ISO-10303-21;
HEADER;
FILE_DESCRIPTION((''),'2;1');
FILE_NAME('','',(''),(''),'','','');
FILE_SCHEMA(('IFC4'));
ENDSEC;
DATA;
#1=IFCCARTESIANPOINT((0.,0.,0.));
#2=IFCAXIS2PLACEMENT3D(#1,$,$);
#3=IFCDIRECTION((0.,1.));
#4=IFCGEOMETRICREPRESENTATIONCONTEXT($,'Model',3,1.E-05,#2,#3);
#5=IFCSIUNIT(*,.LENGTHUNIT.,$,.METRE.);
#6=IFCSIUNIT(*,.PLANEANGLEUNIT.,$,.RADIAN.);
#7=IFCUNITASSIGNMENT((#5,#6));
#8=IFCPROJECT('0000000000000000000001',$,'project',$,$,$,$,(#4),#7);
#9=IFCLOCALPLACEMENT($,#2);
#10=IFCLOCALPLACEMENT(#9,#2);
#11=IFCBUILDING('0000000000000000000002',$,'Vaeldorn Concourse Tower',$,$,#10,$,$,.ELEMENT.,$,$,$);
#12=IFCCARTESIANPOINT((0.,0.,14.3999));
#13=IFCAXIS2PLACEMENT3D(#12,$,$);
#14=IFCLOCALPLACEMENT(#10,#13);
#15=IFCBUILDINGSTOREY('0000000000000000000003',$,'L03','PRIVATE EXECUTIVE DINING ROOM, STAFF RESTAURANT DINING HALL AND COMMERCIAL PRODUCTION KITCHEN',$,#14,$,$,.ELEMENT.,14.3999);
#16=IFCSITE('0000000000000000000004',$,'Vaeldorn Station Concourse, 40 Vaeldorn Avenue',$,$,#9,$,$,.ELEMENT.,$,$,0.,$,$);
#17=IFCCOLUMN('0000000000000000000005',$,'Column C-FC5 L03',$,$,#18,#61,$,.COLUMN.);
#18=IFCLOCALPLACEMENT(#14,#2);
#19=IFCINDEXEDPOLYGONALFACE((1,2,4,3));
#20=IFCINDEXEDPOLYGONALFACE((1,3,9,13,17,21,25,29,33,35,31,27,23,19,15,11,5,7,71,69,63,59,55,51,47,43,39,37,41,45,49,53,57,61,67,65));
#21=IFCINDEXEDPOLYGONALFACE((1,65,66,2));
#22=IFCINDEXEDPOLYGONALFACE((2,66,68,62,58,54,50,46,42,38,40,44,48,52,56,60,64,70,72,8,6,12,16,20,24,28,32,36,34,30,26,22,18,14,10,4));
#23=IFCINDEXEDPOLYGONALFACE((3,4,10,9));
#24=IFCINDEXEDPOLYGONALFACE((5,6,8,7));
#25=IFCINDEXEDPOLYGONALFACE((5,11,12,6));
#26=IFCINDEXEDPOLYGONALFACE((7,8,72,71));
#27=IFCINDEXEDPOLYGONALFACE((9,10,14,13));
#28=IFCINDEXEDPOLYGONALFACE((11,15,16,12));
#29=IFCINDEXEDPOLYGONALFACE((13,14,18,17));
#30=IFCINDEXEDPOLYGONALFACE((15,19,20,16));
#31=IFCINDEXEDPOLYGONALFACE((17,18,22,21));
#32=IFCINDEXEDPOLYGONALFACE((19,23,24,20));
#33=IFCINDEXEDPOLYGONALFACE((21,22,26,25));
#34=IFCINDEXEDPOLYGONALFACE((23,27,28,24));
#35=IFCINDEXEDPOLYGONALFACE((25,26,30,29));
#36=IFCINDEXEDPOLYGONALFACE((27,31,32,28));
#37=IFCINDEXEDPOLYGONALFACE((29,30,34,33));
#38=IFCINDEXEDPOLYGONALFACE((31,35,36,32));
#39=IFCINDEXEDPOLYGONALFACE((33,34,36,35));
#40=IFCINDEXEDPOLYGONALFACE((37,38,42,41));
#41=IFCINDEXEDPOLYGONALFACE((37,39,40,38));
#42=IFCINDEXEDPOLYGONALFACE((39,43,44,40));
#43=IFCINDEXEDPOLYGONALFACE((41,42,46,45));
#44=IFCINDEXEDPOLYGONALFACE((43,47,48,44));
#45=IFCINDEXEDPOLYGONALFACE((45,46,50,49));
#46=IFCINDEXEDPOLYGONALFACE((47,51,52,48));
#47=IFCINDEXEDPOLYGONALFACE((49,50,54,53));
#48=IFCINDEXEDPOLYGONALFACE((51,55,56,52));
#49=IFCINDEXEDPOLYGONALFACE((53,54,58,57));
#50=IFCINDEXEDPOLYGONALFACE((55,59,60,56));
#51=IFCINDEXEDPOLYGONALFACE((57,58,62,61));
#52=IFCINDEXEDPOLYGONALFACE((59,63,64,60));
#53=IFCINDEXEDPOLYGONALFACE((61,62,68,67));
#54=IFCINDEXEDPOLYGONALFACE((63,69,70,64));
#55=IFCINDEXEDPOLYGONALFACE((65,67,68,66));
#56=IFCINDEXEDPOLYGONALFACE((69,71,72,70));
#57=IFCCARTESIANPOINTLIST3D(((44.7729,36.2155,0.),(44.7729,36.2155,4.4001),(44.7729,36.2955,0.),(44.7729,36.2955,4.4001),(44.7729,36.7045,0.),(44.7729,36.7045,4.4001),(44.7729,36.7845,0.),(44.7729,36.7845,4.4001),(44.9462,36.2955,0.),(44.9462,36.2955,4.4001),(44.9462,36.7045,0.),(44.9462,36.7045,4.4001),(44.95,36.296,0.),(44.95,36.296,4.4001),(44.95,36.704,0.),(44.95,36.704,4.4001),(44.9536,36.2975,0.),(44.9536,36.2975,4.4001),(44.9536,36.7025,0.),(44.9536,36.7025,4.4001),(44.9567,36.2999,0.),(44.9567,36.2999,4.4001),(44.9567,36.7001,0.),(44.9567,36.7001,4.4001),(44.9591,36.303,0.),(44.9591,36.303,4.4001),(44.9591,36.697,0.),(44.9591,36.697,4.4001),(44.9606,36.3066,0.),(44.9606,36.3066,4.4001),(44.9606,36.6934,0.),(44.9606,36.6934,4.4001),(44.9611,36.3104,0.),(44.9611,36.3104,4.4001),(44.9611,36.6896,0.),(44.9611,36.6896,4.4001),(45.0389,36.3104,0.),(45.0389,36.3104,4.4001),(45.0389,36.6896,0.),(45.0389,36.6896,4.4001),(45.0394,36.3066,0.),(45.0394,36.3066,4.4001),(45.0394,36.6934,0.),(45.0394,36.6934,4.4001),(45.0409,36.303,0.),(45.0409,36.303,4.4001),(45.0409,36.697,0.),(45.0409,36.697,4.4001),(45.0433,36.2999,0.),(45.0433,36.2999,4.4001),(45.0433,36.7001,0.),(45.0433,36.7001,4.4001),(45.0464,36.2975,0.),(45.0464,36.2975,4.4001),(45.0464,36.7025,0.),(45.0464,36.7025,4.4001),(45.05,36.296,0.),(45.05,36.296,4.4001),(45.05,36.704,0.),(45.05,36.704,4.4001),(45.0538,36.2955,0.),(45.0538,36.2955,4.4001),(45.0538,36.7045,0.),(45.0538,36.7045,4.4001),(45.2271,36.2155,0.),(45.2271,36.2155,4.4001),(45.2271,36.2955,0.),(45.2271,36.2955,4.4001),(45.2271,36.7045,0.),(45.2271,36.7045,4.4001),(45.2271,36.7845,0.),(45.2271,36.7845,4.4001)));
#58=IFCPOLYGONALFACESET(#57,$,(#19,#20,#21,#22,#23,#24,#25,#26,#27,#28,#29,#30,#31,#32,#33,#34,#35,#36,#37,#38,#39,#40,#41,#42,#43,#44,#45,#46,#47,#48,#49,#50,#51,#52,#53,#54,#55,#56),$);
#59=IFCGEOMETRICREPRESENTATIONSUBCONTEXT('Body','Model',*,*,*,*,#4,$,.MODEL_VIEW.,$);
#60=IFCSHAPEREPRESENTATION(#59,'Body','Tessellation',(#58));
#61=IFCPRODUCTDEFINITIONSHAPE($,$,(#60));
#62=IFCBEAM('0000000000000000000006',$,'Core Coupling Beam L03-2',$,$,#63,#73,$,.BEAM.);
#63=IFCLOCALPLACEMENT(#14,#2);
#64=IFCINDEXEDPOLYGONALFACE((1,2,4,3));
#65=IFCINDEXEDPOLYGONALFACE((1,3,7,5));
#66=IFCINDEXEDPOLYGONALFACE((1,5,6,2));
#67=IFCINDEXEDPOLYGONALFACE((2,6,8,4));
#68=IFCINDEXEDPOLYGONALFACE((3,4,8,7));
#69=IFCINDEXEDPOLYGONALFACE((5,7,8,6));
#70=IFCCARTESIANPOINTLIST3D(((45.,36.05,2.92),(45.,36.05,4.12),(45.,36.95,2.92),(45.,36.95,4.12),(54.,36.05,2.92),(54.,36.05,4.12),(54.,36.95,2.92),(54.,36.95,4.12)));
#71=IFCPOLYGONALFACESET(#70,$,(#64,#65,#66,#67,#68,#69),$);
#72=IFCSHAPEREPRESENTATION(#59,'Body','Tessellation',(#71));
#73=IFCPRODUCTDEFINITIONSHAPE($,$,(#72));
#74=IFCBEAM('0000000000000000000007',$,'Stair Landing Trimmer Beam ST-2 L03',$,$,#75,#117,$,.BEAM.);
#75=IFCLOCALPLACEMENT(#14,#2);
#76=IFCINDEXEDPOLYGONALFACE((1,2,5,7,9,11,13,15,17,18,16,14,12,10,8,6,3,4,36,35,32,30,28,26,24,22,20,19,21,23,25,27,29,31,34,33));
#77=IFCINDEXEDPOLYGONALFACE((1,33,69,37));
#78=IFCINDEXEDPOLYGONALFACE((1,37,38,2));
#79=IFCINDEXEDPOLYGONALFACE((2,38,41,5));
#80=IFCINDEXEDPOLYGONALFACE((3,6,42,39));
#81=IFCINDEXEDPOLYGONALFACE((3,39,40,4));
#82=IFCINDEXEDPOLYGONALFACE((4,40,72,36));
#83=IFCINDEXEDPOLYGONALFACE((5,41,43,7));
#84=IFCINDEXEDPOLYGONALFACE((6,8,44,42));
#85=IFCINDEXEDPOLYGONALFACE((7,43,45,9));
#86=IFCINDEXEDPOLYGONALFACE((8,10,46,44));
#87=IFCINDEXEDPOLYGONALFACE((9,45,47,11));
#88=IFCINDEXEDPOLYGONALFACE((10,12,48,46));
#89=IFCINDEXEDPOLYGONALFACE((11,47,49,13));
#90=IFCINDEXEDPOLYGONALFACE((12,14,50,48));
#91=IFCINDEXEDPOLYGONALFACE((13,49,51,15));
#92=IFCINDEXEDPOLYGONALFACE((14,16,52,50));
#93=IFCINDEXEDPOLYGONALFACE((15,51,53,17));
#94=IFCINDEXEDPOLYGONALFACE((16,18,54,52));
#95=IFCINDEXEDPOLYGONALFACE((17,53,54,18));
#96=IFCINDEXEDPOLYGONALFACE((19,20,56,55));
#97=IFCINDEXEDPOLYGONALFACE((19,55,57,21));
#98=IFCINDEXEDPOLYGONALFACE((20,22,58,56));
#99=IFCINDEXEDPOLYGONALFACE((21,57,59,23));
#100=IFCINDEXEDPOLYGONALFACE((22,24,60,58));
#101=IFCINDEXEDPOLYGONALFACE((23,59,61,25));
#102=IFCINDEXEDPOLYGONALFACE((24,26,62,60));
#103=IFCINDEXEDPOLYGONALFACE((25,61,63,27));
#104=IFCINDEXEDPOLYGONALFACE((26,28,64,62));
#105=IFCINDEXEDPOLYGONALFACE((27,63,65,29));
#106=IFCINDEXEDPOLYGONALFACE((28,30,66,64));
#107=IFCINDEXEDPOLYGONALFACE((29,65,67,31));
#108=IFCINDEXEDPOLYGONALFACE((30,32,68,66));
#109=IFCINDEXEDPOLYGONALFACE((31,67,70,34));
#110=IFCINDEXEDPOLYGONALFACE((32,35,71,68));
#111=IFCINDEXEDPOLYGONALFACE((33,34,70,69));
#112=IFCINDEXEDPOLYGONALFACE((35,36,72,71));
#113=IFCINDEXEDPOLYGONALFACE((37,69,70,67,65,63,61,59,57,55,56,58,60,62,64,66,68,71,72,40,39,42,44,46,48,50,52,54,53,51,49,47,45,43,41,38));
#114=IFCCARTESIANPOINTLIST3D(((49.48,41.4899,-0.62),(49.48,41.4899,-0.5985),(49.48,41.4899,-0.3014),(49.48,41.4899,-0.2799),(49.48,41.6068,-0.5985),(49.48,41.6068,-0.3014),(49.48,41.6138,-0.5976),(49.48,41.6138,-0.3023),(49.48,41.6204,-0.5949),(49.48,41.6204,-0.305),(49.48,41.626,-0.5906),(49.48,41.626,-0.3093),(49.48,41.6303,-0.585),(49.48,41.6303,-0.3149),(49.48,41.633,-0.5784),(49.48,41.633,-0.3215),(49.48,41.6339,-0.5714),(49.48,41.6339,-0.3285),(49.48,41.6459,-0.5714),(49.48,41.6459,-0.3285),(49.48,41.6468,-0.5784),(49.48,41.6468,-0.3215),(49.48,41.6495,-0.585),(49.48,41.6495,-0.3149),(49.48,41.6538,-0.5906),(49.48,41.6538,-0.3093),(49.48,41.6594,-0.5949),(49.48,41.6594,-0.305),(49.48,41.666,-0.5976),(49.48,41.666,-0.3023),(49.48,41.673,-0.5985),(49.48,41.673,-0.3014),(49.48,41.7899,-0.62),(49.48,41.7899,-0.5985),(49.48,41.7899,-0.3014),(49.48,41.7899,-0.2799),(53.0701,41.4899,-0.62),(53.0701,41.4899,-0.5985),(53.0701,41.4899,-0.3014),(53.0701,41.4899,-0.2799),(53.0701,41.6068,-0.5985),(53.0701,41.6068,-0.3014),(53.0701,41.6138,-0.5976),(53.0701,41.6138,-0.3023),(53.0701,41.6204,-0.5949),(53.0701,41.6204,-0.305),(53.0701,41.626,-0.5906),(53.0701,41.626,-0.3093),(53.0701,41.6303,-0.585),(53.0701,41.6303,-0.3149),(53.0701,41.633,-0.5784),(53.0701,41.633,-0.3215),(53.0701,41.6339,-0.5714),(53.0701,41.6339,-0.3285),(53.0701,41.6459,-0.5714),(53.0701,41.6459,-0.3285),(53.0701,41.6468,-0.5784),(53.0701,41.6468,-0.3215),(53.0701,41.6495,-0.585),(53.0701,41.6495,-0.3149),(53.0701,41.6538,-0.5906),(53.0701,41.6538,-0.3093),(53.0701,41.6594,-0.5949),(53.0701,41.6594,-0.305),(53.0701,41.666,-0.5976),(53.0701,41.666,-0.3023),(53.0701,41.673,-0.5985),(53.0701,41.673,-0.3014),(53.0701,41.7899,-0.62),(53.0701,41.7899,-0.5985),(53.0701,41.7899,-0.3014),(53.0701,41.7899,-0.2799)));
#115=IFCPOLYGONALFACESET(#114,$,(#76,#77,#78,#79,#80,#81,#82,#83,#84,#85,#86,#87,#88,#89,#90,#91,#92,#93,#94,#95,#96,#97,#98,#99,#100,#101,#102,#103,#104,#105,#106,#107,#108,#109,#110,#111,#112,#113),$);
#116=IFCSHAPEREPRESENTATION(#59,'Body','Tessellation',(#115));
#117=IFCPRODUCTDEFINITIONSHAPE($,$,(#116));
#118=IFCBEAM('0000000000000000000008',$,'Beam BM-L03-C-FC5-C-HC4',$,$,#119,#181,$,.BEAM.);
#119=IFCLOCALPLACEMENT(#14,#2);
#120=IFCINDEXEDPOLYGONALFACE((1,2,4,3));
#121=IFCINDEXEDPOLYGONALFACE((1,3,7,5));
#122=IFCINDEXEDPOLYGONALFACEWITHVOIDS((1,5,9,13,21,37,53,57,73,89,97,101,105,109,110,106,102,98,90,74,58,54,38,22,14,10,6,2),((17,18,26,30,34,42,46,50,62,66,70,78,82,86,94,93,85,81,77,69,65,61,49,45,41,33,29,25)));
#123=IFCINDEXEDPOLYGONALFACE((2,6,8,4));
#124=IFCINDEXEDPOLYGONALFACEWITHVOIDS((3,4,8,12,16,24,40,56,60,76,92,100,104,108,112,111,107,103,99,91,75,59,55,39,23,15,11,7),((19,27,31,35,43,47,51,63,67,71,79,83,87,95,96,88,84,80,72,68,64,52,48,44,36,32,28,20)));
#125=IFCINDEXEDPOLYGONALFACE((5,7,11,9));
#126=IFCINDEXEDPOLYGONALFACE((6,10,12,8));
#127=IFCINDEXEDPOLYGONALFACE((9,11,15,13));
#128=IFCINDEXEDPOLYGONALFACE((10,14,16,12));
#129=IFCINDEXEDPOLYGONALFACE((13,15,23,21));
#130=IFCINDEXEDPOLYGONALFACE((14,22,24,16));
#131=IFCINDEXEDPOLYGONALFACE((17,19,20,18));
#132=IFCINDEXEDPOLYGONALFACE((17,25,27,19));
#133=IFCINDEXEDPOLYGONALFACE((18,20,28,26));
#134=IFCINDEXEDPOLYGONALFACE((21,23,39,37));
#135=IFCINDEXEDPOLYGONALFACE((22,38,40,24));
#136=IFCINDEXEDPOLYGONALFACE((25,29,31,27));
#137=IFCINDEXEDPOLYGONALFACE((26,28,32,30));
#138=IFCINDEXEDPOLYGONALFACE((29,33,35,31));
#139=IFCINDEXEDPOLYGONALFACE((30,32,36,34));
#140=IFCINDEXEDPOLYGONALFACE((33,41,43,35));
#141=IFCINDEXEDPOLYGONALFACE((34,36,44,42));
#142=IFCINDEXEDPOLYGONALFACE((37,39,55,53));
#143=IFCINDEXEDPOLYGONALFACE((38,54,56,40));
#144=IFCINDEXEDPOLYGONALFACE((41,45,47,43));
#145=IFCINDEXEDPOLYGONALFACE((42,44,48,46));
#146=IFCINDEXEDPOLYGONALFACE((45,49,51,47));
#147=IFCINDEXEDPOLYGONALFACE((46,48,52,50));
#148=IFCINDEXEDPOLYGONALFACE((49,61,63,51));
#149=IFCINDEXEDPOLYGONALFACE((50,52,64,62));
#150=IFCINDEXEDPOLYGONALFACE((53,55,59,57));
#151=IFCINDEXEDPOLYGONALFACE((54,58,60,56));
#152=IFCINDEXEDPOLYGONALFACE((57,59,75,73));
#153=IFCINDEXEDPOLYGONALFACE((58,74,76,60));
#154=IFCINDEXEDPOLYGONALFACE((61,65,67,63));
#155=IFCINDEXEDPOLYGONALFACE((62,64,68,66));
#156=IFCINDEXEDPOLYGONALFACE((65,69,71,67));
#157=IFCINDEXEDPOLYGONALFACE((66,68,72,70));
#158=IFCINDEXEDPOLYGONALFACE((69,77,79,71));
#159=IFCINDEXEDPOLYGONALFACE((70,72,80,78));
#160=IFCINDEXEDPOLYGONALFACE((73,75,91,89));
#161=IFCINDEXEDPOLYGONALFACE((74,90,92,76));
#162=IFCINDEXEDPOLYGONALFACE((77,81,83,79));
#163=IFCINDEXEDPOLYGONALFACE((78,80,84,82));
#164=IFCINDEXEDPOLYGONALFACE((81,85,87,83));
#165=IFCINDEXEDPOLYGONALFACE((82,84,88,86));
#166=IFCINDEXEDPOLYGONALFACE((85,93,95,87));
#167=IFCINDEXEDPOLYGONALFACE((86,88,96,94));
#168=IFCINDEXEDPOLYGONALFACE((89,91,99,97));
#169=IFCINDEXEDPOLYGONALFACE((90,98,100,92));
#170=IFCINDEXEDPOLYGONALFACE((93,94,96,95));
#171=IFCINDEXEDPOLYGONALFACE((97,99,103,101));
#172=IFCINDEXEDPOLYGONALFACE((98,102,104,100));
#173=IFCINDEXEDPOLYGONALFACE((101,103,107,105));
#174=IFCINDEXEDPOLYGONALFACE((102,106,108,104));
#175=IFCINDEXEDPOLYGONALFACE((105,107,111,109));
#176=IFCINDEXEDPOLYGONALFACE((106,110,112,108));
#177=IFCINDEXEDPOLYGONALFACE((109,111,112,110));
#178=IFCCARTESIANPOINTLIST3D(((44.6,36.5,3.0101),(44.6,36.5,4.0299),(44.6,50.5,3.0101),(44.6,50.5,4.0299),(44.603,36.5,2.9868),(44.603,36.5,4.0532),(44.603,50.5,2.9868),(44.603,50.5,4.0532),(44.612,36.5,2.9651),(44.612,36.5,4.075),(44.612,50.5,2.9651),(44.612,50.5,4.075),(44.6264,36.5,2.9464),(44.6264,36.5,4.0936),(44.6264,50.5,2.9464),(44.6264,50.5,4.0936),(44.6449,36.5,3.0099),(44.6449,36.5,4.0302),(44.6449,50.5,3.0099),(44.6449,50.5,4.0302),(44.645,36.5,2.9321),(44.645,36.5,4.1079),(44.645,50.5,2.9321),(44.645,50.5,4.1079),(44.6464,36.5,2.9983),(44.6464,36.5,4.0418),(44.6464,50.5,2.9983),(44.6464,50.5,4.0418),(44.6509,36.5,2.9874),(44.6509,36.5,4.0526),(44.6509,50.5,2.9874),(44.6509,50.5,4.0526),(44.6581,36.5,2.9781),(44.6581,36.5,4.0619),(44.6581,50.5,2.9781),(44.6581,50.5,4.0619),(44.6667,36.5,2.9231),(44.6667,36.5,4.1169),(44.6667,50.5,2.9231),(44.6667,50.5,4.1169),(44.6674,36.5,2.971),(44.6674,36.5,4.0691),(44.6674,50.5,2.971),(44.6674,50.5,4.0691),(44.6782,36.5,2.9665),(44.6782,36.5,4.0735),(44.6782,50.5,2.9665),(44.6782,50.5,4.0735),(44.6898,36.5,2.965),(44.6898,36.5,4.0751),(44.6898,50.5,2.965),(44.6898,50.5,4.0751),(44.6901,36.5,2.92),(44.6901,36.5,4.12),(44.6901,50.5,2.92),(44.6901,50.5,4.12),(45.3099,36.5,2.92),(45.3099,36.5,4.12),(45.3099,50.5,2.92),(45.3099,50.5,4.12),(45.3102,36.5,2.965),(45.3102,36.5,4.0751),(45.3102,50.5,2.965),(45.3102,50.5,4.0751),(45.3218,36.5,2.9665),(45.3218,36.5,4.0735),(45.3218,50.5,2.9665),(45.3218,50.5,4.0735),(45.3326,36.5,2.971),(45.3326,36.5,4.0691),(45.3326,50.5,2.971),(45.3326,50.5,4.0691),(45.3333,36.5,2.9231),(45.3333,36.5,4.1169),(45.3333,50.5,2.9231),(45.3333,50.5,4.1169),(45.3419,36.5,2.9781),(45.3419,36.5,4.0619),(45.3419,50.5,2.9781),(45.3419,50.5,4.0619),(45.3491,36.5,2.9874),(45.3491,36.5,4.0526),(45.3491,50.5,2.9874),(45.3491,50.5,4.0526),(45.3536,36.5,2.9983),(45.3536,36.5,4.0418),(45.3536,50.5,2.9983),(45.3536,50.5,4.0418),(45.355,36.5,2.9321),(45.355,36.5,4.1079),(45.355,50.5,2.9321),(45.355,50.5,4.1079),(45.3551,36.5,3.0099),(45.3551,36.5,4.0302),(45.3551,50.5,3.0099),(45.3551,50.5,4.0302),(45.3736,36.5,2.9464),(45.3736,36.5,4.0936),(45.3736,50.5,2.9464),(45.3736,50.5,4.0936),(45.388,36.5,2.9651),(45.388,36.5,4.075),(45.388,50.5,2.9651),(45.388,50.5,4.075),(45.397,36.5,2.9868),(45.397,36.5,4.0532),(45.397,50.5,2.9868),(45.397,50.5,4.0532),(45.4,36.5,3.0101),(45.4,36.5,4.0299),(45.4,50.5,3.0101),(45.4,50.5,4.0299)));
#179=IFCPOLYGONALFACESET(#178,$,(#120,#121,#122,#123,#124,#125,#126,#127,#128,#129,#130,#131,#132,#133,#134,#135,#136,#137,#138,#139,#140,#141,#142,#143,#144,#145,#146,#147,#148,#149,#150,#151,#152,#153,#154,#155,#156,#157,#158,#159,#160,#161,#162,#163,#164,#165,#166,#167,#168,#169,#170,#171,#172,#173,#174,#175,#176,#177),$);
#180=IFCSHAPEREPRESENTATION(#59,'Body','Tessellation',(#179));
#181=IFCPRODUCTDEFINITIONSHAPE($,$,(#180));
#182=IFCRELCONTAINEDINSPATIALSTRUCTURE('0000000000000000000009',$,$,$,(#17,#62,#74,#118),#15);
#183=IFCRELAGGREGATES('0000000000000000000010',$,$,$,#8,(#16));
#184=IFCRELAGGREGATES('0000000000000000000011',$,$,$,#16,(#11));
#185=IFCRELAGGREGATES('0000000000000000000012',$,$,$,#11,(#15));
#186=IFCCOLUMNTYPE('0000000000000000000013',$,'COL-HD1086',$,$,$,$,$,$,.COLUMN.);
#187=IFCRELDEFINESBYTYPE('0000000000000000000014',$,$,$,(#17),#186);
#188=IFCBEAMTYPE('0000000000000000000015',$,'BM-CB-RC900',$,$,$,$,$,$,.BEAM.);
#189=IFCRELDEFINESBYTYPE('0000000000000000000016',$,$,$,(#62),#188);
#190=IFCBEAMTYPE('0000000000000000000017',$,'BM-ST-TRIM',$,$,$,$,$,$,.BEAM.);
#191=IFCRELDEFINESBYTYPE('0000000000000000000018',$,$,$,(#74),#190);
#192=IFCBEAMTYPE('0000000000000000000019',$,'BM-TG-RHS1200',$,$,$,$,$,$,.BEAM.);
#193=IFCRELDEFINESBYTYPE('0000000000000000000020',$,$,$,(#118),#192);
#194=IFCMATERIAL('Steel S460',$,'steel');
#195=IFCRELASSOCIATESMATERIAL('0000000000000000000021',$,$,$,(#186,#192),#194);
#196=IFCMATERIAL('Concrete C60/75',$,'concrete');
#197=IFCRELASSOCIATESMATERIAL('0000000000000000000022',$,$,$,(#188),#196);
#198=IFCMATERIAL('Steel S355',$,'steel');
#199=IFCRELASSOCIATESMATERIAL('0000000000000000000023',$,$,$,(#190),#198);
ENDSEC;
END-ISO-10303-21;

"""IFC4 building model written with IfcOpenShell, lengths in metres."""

from ifc_helpers import new_model, si_unit, direction, frame, origin, origin_2d, place, context, subcontext, project, spatial, rectangle, hollow_rectangle, i_section, extrude, source, transform, mapped, material, material_profile, profile_set, type_object, element, save


model = new_model("IFC4")

# Units and contexts
model_context = context("Model", 3, precision=1e-05, world=origin(), true_north=direction((0.0, 1.0)))
body_context = subcontext(model_context, "Body", "Model", "MODEL_VIEW")
ifc_project = project(units=[si_unit("LENGTHUNIT", "METRE"), si_unit("PLANEANGLEUNIT", "RADIAN")], contexts=[model_context])

# Site, building, storey
site_placement = place(None, origin())
site = spatial("IfcSite", under=ifc_project, at=site_placement, Name="Vaeldorn Station Concourse, 40 Vaeldorn Avenue", CompositionType="ELEMENT", RefElevation=0.0)
building_placement = place(site_placement, origin())
building = spatial("IfcBuilding", under=site, at=building_placement, Name="Vaeldorn Concourse Tower", CompositionType="ELEMENT")
storey_placement = place(building_placement, frame((0.0, 0.0, 14.3999)))
storey = spatial("IfcBuildingStorey", under=building, at=storey_placement, Name="L03", Description="PRIVATE EXECUTIVE DINING ROOM, STAFF RESTAURANT DINING HALL AND COMMERCIAL PRODUCTION KITCHEN", CompositionType="ELEMENT", Elevation=14.3999)

# Column
ifc_material_1 = material(Name="Steel S460", Category="steel")
ifc_material_profile_1 = material_profile(ifc_material_1, i_section(OverallWidth=0.4541, OverallDepth=0.5691, WebThickness=0.0779, FlangeThickness=0.0801, FilletRadius=0.0149, at=origin_2d()), Name="HD 400x1086")
ifc_profile_set_1 = profile_set([ifc_material_profile_1], Name="Steel S460")
column_type = type_object("IfcColumnType", Name="COL-HD1086", PredefinedType="COLUMN", material=ifc_profile_set_1)
shared_shape_1 = source(origin(), body_context, "Body", "SweptSolid", [
    extrude(i_section(OverallWidth=0.4541, OverallDepth=0.5691, WebThickness=0.0779, FlangeThickness=0.0801, FilletRadius=0.0149, at=origin_2d()), origin(), (0.0, 0.0, 1.0), 4.4001),
])
column_placement = place(storey_placement, frame((45.0, 36.5, 0.0), z_axis=(0.0, 0.0, 1.0), x_axis=(1.0, 0.0, 0.0)))
element("IfcColumn", 1, at=column_placement, inside=storey, type_object=column_type, Name="Column C-FC5 L03", PredefinedType="COLUMN", context=body_context, shape_type="MappedRepresentation", body=[
    mapped(shared_shape_1, transform((0.0, 0.0, 0.0), scale=1.0)),
])

# Beams
ifc_material_2 = material(Name="Concrete C60/75", Category="concrete")
ifc_material_profile_2 = material_profile(ifc_material_2, rectangle(XDim=0.8999, YDim=1.2, at=origin_2d()), Name="RC 900x1200")
ifc_profile_set_2 = profile_set([ifc_material_profile_2], Name="Concrete C60/75")
beam_type_1 = type_object("IfcBeamType", Name="BM-CB-RC900", PredefinedType="BEAM", material=ifc_profile_set_2)
shared_shape_2 = source(origin(), body_context, "Body", "SweptSolid", [
    extrude(rectangle(XDim=0.8999, YDim=1.2, at=origin_2d()), origin(), (0.0, 0.0, 1.0), 9.0),
])
beam_1_placement = place(storey_placement, frame((45.0, 36.5, 3.52), z_axis=(1.0, 0.0, 0.0), x_axis=(0.0, 1.0, 0.0)))
element("IfcBeam", 2, at=beam_1_placement, inside=storey, type_object=beam_type_1, Name="Core Coupling Beam L03-2", PredefinedType="BEAM", context=body_context, shape_type="MappedRepresentation", body=[
    mapped(shared_shape_2, transform((0.0, 0.0, 0.0), scale=1.0)),
])
ifc_material_3 = material(Name="Steel S355", Category="steel")
ifc_material_profile_3 = material_profile(ifc_material_3, i_section(OverallWidth=0.3, OverallDepth=0.3401, WebThickness=0.012, FlangeThickness=0.0215, FilletRadius=0.0271, at=origin_2d()), Name="HEB 340")
ifc_profile_set_3 = profile_set([ifc_material_profile_3], Name="Steel S355")
beam_type_2 = type_object("IfcBeamType", Name="BM-ST-TRIM", PredefinedType="BEAM", material=ifc_profile_set_3)
shared_shape_3 = source(origin(), body_context, "Body", "SweptSolid", [
    extrude(i_section(OverallWidth=0.3, OverallDepth=0.3401, WebThickness=0.012, FlangeThickness=0.0215, FilletRadius=0.0271, at=origin_2d()), origin(), (0.0, 0.0, 1.0), 3.5901),
])
beam_2_placement = place(storey_placement, frame((49.48, 41.6399, -0.45), z_axis=(1.0, 0.0, 0.0), x_axis=(0.0, 1.0, 0.0)))
element("IfcBeam", 3, at=beam_2_placement, inside=storey, type_object=beam_type_2, Name="Stair Landing Trimmer Beam ST-2 L03", PredefinedType="BEAM", context=body_context, shape_type="MappedRepresentation", body=[
    mapped(shared_shape_3, transform((0.0, 0.0, 0.0), scale=1.0)),
])
ifc_material_profile_4 = material_profile(ifc_material_1, hollow_rectangle(XDim=0.8, YDim=1.2, WallThickness=0.0449, InnerFilletRadius=0.0449, OuterFilletRadius=0.0901, at=origin_2d()), Name="RHS 1200x800x45")
ifc_profile_set_4 = profile_set([ifc_material_profile_4], Name="Steel S460")
beam_type_3 = type_object("IfcBeamType", Name="BM-TG-RHS1200", PredefinedType="BEAM", material=ifc_profile_set_4)
shared_shape_4 = source(origin(), body_context, "Body", "SweptSolid", [
    extrude(hollow_rectangle(XDim=0.8, YDim=1.2, WallThickness=0.0449, InnerFilletRadius=0.0449, OuterFilletRadius=0.0901, at=origin_2d()), origin(), (0.0, 0.0, 1.0), 14.0),
])
beam_3_placement = place(storey_placement, frame((45.0, 36.5, 3.52), z_axis=(0.0, 1.0, 0.0), x_axis=(-1.0, 0.0, 0.0)))
element("IfcBeam", 4, at=beam_3_placement, inside=storey, type_object=beam_type_3, Name="Beam BM-L03-C-FC5-C-HC4", PredefinedType="BEAM", context=body_context, shape_type="MappedRepresentation", body=[
    mapped(shared_shape_4, transform((0.0, 0.0, 0.0), scale=1.0)),
])

save(model, "model.ifc")
